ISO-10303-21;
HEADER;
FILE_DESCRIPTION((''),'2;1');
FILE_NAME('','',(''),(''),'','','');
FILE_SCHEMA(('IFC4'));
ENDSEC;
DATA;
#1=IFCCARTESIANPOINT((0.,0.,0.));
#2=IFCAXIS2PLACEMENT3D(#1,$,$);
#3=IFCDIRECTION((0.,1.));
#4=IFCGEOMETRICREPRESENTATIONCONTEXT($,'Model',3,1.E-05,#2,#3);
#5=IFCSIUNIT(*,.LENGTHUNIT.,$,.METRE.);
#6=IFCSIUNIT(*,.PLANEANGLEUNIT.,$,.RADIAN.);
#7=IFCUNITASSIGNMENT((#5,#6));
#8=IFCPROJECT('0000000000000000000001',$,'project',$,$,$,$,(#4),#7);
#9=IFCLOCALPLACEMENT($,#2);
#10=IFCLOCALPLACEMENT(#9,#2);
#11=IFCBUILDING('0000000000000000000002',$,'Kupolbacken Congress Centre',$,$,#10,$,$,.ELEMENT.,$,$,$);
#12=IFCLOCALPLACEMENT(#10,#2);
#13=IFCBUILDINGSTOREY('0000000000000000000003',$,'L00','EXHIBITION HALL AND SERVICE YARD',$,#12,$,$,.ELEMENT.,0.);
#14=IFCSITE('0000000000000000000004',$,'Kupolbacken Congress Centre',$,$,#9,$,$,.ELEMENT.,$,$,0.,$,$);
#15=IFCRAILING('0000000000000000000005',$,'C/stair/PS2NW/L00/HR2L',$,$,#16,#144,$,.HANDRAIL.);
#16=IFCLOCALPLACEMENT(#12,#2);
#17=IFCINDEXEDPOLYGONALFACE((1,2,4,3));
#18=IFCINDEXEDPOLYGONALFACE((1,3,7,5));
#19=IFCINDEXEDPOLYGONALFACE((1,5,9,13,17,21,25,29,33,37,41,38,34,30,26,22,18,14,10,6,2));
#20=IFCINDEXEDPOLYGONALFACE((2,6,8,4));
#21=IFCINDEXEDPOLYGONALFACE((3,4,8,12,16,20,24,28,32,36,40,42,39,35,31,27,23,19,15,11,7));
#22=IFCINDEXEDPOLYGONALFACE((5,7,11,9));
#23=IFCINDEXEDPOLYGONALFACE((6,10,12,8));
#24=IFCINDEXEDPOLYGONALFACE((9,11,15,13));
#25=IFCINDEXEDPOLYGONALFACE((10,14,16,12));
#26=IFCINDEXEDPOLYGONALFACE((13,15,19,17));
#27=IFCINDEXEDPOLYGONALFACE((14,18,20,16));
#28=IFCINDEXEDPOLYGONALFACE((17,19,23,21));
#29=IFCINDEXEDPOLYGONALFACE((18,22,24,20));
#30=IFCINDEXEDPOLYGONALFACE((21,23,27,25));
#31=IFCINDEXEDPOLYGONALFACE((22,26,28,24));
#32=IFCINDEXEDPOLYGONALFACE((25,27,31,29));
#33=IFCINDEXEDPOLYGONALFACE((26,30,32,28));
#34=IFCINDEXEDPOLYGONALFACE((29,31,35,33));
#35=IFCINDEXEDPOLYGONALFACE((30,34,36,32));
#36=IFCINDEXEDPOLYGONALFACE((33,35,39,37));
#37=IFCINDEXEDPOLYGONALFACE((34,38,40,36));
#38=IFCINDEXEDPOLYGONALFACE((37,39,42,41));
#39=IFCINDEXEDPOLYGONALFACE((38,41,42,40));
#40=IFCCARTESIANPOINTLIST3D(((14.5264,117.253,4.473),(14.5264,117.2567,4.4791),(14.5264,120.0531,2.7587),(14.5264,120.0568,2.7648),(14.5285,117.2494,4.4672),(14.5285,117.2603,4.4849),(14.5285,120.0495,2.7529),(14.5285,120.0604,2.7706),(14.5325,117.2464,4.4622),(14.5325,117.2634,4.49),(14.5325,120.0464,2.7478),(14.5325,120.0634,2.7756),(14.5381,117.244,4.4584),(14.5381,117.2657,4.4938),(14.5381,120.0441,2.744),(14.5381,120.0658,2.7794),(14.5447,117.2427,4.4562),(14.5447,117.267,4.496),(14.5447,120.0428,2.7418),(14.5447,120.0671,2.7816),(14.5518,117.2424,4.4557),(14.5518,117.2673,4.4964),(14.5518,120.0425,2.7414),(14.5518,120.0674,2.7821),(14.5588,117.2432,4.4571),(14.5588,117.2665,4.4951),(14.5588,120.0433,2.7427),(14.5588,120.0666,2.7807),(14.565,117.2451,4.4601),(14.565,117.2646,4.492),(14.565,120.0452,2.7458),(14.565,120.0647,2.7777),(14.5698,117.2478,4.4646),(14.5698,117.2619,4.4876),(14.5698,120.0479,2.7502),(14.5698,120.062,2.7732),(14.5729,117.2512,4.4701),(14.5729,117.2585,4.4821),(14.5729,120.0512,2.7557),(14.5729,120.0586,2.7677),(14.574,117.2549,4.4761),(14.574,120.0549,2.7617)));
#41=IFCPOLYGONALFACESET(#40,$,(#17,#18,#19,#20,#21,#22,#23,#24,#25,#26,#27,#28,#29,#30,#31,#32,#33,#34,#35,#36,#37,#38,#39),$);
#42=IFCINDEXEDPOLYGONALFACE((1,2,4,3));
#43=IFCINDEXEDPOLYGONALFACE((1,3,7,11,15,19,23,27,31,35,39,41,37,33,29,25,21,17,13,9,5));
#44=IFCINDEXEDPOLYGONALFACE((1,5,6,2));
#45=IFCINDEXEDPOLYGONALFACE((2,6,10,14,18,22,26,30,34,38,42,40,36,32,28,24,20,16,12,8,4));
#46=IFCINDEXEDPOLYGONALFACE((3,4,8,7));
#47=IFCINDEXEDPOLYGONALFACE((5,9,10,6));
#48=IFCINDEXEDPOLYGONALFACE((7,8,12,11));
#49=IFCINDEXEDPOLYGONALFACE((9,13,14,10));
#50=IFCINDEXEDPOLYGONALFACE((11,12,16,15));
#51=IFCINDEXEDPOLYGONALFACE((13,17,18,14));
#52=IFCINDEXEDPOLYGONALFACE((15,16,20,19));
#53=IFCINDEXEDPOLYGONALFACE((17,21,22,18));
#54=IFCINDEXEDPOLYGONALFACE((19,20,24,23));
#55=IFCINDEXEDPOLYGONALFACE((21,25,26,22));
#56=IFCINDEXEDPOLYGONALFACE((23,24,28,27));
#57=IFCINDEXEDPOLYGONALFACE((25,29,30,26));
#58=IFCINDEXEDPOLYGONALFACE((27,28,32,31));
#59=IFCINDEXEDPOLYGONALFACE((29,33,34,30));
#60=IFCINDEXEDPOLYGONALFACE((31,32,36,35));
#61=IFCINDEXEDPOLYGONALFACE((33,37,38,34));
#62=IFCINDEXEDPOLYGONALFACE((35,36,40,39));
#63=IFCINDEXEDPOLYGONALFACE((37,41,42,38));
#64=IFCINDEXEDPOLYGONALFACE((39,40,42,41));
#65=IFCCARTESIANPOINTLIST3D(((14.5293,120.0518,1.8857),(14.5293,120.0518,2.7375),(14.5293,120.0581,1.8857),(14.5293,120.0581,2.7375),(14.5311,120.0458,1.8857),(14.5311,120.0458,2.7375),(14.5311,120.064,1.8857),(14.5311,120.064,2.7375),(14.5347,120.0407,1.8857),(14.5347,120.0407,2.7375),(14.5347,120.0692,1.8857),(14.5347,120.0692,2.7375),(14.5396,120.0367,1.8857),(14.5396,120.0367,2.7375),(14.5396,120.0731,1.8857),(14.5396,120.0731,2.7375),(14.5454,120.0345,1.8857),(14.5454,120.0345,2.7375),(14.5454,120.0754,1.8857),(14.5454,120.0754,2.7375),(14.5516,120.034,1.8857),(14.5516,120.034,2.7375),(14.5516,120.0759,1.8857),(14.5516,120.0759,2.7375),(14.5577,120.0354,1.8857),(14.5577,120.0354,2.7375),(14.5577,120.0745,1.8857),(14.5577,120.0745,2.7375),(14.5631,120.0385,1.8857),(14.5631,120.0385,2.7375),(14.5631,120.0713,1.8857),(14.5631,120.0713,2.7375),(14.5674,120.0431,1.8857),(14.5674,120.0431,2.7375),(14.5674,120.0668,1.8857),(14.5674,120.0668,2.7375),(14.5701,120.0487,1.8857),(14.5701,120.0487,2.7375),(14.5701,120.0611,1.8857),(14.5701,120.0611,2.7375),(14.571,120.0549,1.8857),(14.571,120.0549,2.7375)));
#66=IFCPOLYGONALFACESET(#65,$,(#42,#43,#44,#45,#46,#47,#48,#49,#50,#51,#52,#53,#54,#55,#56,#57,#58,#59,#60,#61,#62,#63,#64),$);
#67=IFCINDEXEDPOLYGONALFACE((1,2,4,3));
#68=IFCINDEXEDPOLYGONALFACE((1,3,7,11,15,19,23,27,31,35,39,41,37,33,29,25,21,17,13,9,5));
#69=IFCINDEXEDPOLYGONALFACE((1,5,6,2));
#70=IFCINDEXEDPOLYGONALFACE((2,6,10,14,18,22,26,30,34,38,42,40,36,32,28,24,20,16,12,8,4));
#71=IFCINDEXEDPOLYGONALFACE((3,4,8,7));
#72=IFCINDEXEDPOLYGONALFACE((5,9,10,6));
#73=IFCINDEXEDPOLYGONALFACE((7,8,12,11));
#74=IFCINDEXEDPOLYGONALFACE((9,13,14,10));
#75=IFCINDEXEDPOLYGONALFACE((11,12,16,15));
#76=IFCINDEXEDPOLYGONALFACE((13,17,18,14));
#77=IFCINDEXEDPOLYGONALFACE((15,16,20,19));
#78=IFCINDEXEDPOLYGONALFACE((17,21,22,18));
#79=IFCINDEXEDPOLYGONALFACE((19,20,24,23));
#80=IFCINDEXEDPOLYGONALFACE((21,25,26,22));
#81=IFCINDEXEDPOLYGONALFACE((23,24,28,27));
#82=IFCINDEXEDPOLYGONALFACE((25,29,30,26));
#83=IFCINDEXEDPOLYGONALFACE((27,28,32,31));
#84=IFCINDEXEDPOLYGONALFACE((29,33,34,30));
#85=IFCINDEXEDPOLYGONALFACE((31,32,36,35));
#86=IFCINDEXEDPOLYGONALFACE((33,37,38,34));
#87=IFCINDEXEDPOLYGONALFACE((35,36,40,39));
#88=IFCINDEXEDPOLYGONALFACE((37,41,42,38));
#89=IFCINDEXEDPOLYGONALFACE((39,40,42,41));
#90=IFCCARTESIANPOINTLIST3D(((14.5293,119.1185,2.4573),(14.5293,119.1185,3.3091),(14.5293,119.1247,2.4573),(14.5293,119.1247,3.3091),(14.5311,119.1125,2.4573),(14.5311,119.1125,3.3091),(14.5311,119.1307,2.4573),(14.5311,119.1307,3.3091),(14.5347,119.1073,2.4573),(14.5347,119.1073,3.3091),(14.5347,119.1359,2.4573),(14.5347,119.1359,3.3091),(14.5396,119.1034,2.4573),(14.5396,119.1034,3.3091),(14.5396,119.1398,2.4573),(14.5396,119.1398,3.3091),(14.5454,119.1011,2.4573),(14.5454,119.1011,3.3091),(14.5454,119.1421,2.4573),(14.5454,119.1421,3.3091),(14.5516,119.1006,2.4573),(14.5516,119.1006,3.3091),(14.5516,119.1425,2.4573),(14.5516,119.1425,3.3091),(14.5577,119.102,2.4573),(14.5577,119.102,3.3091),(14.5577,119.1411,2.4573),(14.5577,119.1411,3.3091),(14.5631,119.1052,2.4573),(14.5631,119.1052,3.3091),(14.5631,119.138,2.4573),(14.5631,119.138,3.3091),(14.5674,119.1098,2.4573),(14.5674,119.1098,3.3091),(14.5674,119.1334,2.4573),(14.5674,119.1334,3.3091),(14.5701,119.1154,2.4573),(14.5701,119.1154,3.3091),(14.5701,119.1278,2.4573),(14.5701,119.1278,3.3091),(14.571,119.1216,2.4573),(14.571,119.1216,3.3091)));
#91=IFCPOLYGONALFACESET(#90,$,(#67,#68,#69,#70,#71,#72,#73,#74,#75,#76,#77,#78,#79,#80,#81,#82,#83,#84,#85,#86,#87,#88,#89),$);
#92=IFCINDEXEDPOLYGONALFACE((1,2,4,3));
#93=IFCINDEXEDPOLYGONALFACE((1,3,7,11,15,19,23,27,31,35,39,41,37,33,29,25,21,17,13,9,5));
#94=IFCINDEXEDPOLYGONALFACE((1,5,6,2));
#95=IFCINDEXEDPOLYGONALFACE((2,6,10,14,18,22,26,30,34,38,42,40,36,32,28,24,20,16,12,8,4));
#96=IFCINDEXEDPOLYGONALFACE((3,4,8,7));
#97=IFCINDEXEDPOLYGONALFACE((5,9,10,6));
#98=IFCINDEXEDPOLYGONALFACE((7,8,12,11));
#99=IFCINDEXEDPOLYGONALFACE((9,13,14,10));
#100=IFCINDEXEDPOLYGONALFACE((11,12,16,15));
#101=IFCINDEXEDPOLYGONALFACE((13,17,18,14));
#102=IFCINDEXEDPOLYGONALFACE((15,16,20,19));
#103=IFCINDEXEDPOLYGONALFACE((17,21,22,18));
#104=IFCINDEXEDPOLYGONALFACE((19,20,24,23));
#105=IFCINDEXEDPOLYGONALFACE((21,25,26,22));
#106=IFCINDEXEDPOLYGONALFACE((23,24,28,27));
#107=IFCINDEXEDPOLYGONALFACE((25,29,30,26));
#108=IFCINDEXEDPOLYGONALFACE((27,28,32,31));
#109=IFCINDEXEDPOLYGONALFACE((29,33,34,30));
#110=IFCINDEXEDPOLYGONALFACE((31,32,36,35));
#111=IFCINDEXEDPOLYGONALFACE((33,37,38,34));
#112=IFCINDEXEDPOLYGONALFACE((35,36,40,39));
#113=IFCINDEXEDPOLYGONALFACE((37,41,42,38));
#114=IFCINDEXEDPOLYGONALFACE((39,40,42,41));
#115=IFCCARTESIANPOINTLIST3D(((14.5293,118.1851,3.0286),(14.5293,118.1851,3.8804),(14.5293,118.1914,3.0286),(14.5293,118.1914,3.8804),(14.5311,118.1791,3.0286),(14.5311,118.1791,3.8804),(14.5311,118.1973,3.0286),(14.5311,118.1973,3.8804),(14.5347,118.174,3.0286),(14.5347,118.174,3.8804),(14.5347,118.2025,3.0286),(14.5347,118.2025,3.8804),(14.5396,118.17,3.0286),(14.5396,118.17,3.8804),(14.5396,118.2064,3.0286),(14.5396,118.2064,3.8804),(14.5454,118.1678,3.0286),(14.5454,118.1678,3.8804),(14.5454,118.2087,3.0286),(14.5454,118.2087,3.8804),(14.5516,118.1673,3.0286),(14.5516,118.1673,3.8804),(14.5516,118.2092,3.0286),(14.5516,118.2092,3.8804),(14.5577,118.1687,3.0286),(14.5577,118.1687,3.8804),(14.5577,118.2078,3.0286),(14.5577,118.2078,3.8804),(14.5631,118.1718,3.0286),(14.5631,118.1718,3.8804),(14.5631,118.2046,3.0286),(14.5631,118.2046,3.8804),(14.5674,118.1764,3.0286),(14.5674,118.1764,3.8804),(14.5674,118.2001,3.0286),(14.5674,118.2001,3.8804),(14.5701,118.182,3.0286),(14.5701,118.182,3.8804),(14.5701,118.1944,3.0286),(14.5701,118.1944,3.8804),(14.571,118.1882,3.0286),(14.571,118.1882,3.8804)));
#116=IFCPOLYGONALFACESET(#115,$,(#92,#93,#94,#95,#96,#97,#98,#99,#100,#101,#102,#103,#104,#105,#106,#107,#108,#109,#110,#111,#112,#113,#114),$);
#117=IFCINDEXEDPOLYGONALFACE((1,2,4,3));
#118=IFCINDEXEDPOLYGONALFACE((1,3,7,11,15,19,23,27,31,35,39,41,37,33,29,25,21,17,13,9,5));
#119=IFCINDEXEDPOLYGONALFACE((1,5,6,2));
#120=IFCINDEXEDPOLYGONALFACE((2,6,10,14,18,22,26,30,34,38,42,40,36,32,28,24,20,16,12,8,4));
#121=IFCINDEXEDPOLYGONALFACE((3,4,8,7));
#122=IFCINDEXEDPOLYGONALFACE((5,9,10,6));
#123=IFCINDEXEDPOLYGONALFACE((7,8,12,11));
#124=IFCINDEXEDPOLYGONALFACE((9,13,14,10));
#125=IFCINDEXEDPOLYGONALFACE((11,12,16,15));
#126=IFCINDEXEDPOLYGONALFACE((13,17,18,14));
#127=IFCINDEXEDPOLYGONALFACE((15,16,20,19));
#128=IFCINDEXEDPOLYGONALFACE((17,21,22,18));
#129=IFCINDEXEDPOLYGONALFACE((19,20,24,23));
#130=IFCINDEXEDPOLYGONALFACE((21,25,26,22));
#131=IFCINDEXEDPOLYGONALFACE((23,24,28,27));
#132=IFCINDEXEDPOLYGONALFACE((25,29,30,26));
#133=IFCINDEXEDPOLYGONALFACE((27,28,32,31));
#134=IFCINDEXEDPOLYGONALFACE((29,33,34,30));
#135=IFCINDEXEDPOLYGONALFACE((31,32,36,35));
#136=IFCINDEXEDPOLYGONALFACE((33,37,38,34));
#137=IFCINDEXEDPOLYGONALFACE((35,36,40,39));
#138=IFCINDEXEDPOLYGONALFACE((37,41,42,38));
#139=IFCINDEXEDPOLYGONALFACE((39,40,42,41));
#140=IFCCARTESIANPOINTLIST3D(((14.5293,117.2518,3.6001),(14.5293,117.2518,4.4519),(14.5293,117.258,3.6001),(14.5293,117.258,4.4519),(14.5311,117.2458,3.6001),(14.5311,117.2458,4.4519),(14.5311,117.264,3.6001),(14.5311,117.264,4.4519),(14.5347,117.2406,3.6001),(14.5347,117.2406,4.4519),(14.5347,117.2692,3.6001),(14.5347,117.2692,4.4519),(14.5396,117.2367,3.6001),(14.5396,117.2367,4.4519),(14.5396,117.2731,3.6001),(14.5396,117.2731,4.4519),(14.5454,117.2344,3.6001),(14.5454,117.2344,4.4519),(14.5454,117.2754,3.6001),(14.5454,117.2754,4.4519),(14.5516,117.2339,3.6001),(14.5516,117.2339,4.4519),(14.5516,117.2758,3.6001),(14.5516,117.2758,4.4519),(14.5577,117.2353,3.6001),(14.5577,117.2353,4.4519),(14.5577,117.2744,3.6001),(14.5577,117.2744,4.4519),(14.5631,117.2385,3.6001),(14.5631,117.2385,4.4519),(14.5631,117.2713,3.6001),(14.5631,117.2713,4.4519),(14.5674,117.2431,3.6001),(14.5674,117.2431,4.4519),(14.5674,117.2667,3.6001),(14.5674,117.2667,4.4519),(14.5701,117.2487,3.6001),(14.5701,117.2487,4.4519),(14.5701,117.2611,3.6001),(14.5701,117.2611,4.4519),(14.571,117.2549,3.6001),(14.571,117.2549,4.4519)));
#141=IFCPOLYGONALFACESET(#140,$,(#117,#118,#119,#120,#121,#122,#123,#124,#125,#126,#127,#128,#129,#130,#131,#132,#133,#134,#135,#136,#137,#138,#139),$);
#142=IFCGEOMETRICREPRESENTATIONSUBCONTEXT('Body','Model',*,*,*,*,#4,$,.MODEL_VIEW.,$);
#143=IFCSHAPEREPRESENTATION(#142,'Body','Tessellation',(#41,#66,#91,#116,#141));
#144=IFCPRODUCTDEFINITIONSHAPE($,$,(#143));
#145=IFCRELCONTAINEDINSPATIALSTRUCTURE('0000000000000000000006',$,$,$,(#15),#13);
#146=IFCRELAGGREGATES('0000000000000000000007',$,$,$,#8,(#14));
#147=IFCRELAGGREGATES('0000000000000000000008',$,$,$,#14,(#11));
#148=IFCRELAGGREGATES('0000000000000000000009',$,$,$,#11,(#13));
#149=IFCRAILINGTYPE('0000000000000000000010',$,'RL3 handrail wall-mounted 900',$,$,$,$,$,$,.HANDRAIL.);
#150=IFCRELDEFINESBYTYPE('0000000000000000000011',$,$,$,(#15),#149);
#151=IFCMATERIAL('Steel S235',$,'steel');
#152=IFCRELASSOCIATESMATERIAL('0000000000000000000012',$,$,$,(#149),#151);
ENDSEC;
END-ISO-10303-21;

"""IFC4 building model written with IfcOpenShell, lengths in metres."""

from ifc_helpers import new_model, si_unit, direction, frame, origin, origin_2d, place, context, subcontext, project, spatial, circle, extrude, material, type_object, element, save


model = new_model("IFC4")

# Units and contexts
model_context = context("Model", 3, precision=1e-05, world=origin(), true_north=direction((0.0, 1.0)))
body_context = subcontext(model_context, "Body", "Model", "MODEL_VIEW")
ifc_project = project(units=[si_unit("LENGTHUNIT", "METRE"), si_unit("PLANEANGLEUNIT", "RADIAN")], contexts=[model_context])

# Site, building, storey
site_placement = place(None, origin())
site = spatial("IfcSite", under=ifc_project, at=site_placement, Name="Kupolbacken Congress Centre", CompositionType="ELEMENT", RefElevation=0.0)
building_placement = place(site_placement, origin())
building = spatial("IfcBuilding", under=site, at=building_placement, Name="Kupolbacken Congress Centre", CompositionType="ELEMENT")
storey_placement = place(building_placement, origin())
storey = spatial("IfcBuildingStorey", under=building, at=storey_placement, Name="L00", Description="EXHIBITION HALL AND SERVICE YARD", CompositionType="ELEMENT", Elevation=0.0)

# Railing
ifc_material_1 = material(Name="Steel S235", Category="steel")
railing_type = type_object("IfcRailingType", Name="RL3 handrail wall-mounted 900", PredefinedType="HANDRAIL", material=ifc_material_1)
for number, where, name in (
    (1, (14.55, 120.0549, 1.8857), "C/stair/PS2NW/L00/HR2L"),
):
    element("IfcRailing", number, at=place(storey_placement, frame(where)), inside=storey, type_object=railing_type, Name=name, PredefinedType="HANDRAIL", context=body_context, shape_type="SweptSolid", body=[
        extrude(circle(Radius=0.0239, at=origin_2d()), frame((0.0, 0.0, 0.876), z_axis=(0.0, -0.852846, 0.522163), x_axis=(1.0, 0.0, 0.0)), (0.0, 0.0, 1.0), 3.2832),
        extrude(circle(Radius=0.021, at=origin_2d()), origin(), (0.0, 0.0, 1.0), 0.8518),
        extrude(circle(Radius=0.021, at=origin_2d()), frame((0.0, -0.9333, 0.5715)), (0.0, 0.0, 1.0), 0.8518),
        extrude(circle(Radius=0.021, at=origin_2d()), frame((0.0, -1.8667, 1.1428)), (0.0, 0.0, 1.0), 0.8518),
        extrude(circle(Radius=0.021, at=origin_2d()), frame((0.0, -2.8, 1.7144)), (0.0, 0.0, 1.0), 0.8518),
    ])

save(model, "model.ifc")
